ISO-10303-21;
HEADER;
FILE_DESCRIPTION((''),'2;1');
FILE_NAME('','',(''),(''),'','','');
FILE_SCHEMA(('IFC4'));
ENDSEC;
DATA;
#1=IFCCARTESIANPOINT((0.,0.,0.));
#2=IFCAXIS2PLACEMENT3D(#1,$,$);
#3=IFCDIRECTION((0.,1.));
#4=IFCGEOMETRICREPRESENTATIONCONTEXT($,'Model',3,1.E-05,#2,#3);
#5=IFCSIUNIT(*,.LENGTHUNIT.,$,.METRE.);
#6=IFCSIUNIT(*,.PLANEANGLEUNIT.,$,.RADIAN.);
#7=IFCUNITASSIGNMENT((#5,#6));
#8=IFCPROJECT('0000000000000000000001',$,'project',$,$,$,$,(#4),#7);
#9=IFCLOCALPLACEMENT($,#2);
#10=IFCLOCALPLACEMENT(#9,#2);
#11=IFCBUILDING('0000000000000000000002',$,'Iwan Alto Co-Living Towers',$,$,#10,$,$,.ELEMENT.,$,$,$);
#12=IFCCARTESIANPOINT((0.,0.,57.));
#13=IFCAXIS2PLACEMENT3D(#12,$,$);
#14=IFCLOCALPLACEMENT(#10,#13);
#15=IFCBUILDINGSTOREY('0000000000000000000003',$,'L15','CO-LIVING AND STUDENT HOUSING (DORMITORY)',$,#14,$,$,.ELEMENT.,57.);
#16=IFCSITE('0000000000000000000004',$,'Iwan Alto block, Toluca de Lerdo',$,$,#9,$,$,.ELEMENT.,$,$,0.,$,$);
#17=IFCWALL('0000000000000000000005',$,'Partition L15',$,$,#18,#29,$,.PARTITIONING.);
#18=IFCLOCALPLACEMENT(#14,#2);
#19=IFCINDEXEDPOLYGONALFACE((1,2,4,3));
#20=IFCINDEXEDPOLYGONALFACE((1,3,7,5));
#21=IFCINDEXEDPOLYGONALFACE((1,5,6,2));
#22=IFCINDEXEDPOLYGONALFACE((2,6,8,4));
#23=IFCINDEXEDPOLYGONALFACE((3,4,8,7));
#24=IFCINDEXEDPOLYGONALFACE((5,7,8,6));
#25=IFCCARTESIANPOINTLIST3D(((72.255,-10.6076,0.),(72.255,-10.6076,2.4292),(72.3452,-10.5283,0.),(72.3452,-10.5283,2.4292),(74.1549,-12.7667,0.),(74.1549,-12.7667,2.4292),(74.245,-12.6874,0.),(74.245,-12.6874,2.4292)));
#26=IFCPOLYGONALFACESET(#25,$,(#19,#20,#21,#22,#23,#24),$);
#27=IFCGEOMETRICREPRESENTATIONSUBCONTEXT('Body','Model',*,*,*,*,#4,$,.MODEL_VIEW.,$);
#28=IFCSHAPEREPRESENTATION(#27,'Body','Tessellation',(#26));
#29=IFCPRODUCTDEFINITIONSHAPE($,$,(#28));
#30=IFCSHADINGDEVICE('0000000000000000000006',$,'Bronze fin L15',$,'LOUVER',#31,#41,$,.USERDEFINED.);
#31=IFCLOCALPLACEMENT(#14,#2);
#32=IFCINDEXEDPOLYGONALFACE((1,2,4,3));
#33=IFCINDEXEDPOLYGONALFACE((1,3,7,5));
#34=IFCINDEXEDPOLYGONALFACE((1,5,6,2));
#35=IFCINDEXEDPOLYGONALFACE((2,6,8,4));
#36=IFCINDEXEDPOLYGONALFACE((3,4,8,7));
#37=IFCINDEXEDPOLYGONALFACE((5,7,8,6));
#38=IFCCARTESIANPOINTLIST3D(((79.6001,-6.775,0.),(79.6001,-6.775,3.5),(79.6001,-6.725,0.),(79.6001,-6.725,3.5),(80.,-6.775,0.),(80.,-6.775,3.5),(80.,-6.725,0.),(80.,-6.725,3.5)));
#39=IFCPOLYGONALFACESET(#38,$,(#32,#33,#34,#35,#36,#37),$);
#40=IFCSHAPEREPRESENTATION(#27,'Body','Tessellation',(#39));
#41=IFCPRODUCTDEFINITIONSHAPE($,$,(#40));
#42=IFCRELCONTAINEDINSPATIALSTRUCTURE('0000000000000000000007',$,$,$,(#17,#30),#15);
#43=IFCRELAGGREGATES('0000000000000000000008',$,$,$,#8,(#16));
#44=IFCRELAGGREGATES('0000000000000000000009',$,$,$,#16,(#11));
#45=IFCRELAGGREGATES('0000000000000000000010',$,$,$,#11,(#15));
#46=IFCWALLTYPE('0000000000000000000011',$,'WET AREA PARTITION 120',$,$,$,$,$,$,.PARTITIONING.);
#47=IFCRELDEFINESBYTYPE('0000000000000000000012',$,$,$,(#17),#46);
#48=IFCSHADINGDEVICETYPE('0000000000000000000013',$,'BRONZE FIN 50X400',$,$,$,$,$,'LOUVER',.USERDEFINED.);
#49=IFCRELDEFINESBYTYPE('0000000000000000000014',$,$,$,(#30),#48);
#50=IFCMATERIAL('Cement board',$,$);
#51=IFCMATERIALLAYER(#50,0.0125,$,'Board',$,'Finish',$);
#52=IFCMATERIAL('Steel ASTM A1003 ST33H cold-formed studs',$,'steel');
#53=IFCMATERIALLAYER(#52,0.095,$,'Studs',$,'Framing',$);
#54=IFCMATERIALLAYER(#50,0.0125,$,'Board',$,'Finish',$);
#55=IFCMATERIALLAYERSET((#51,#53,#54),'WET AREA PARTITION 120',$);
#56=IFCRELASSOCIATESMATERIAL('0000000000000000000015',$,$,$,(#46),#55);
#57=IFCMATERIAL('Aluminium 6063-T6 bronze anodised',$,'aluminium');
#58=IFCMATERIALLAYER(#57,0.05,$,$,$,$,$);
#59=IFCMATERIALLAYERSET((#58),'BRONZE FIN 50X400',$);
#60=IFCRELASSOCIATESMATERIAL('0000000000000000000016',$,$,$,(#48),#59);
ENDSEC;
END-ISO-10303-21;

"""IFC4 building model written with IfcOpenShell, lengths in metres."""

from ifc_helpers import new_model, si_unit, direction, frame, frame_2d, origin, origin_2d, place, context, subcontext, project, spatial, rectangle, extrude, material, layer, layer_set, type_object, element, save


model = new_model("IFC4")

# Units and contexts
model_context = context("Model", 3, precision=1e-05, world=origin(), true_north=direction((0.0, 1.0)))
body_context = subcontext(model_context, "Body", "Model", "MODEL_VIEW")
ifc_project = project(units=[si_unit("LENGTHUNIT", "METRE"), si_unit("PLANEANGLEUNIT", "RADIAN")], contexts=[model_context])

# Site, building, storey
site_placement = place(None, origin())
site = spatial("IfcSite", under=ifc_project, at=site_placement, Name="Iwan Alto block, Toluca de Lerdo", CompositionType="ELEMENT", RefElevation=0.0)
building_placement = place(site_placement, origin())
building = spatial("IfcBuilding", under=site, at=building_placement, Name="Iwan Alto Co-Living Towers", CompositionType="ELEMENT")
storey_placement = place(building_placement, frame((0.0, 0.0, 57.0)))
storey = spatial("IfcBuildingStorey", under=building, at=storey_placement, Name="L15", Description="CO-LIVING AND STUDENT HOUSING (DORMITORY)", CompositionType="ELEMENT", Elevation=57.0)

# Shared definitions
ifc_material_1 = material(Name="Steel ASTM A1003 ST33H cold-formed studs", Category="steel")
ifc_material_2 = material(Name="Cement board")
ifc_layer_1 = layer(ifc_material_2, 0.0125, Name="Board", Category="Finish")
ifc_layer_2 = layer(ifc_material_1, 0.095, Name="Studs", Category="Framing")
ifc_layer_3 = layer(ifc_material_2, 0.0125, Name="Board", Category="Finish")
ifc_layer_set_1 = layer_set([ifc_layer_1, ifc_layer_2, ifc_layer_3], Name="WET AREA PARTITION 120")
wall_type_1 = type_object("IfcWallType", Name="WET AREA PARTITION 120", PredefinedType="PARTITIONING", material=ifc_layer_set_1)

# Wall
wall_1_placement = place(storey_placement, frame((74.2, -12.7271, 0.0), z_axis=(0.0, 0.0, 1.0), x_axis=(-0.660593, 0.750744, 0.0)))
element("IfcWall", 1, at=wall_1_placement, inside=storey, type_object=wall_type_1, Name="Partition L15", PredefinedType="PARTITIONING", context=body_context, shape_type="SweptSolid", body=[
    extrude(rectangle(XDim=2.876, YDim=0.1201, at=frame_2d((1.438, 0.0))), origin(), (0.0, 0.0, 1.0), 2.4292),
])

# Shading device
ifc_material_3 = material(Name="Aluminium 6063-T6 bronze anodised", Category="aluminium")
ifc_layer_4 = layer(ifc_material_3, 0.05)
ifc_layer_set_2 = layer_set([ifc_layer_4], Name="BRONZE FIN 50X400")
shading_device_type = type_object("IfcShadingDeviceType", Name="BRONZE FIN 50X400", ElementType="LOUVER", PredefinedType="USERDEFINED", material=ifc_layer_set_2)
shading_device_placement = place(storey_placement, frame((79.8, -6.75, 0.0), z_axis=(0.0, 0.0, 1.0), x_axis=(0.0, 1.0, 0.0)))
element("IfcShadingDevice", 2, at=shading_device_placement, inside=storey, type_object=shading_device_type, Name="Bronze fin L15", ObjectType="LOUVER", PredefinedType="USERDEFINED", context=body_context, shape_type="SweptSolid", body=[
    extrude(rectangle(XDim=0.05, YDim=0.3999, at=origin_2d()), origin(), (0.0, 0.0, 1.0), 3.5),
])

save(model, "model.ifc")
